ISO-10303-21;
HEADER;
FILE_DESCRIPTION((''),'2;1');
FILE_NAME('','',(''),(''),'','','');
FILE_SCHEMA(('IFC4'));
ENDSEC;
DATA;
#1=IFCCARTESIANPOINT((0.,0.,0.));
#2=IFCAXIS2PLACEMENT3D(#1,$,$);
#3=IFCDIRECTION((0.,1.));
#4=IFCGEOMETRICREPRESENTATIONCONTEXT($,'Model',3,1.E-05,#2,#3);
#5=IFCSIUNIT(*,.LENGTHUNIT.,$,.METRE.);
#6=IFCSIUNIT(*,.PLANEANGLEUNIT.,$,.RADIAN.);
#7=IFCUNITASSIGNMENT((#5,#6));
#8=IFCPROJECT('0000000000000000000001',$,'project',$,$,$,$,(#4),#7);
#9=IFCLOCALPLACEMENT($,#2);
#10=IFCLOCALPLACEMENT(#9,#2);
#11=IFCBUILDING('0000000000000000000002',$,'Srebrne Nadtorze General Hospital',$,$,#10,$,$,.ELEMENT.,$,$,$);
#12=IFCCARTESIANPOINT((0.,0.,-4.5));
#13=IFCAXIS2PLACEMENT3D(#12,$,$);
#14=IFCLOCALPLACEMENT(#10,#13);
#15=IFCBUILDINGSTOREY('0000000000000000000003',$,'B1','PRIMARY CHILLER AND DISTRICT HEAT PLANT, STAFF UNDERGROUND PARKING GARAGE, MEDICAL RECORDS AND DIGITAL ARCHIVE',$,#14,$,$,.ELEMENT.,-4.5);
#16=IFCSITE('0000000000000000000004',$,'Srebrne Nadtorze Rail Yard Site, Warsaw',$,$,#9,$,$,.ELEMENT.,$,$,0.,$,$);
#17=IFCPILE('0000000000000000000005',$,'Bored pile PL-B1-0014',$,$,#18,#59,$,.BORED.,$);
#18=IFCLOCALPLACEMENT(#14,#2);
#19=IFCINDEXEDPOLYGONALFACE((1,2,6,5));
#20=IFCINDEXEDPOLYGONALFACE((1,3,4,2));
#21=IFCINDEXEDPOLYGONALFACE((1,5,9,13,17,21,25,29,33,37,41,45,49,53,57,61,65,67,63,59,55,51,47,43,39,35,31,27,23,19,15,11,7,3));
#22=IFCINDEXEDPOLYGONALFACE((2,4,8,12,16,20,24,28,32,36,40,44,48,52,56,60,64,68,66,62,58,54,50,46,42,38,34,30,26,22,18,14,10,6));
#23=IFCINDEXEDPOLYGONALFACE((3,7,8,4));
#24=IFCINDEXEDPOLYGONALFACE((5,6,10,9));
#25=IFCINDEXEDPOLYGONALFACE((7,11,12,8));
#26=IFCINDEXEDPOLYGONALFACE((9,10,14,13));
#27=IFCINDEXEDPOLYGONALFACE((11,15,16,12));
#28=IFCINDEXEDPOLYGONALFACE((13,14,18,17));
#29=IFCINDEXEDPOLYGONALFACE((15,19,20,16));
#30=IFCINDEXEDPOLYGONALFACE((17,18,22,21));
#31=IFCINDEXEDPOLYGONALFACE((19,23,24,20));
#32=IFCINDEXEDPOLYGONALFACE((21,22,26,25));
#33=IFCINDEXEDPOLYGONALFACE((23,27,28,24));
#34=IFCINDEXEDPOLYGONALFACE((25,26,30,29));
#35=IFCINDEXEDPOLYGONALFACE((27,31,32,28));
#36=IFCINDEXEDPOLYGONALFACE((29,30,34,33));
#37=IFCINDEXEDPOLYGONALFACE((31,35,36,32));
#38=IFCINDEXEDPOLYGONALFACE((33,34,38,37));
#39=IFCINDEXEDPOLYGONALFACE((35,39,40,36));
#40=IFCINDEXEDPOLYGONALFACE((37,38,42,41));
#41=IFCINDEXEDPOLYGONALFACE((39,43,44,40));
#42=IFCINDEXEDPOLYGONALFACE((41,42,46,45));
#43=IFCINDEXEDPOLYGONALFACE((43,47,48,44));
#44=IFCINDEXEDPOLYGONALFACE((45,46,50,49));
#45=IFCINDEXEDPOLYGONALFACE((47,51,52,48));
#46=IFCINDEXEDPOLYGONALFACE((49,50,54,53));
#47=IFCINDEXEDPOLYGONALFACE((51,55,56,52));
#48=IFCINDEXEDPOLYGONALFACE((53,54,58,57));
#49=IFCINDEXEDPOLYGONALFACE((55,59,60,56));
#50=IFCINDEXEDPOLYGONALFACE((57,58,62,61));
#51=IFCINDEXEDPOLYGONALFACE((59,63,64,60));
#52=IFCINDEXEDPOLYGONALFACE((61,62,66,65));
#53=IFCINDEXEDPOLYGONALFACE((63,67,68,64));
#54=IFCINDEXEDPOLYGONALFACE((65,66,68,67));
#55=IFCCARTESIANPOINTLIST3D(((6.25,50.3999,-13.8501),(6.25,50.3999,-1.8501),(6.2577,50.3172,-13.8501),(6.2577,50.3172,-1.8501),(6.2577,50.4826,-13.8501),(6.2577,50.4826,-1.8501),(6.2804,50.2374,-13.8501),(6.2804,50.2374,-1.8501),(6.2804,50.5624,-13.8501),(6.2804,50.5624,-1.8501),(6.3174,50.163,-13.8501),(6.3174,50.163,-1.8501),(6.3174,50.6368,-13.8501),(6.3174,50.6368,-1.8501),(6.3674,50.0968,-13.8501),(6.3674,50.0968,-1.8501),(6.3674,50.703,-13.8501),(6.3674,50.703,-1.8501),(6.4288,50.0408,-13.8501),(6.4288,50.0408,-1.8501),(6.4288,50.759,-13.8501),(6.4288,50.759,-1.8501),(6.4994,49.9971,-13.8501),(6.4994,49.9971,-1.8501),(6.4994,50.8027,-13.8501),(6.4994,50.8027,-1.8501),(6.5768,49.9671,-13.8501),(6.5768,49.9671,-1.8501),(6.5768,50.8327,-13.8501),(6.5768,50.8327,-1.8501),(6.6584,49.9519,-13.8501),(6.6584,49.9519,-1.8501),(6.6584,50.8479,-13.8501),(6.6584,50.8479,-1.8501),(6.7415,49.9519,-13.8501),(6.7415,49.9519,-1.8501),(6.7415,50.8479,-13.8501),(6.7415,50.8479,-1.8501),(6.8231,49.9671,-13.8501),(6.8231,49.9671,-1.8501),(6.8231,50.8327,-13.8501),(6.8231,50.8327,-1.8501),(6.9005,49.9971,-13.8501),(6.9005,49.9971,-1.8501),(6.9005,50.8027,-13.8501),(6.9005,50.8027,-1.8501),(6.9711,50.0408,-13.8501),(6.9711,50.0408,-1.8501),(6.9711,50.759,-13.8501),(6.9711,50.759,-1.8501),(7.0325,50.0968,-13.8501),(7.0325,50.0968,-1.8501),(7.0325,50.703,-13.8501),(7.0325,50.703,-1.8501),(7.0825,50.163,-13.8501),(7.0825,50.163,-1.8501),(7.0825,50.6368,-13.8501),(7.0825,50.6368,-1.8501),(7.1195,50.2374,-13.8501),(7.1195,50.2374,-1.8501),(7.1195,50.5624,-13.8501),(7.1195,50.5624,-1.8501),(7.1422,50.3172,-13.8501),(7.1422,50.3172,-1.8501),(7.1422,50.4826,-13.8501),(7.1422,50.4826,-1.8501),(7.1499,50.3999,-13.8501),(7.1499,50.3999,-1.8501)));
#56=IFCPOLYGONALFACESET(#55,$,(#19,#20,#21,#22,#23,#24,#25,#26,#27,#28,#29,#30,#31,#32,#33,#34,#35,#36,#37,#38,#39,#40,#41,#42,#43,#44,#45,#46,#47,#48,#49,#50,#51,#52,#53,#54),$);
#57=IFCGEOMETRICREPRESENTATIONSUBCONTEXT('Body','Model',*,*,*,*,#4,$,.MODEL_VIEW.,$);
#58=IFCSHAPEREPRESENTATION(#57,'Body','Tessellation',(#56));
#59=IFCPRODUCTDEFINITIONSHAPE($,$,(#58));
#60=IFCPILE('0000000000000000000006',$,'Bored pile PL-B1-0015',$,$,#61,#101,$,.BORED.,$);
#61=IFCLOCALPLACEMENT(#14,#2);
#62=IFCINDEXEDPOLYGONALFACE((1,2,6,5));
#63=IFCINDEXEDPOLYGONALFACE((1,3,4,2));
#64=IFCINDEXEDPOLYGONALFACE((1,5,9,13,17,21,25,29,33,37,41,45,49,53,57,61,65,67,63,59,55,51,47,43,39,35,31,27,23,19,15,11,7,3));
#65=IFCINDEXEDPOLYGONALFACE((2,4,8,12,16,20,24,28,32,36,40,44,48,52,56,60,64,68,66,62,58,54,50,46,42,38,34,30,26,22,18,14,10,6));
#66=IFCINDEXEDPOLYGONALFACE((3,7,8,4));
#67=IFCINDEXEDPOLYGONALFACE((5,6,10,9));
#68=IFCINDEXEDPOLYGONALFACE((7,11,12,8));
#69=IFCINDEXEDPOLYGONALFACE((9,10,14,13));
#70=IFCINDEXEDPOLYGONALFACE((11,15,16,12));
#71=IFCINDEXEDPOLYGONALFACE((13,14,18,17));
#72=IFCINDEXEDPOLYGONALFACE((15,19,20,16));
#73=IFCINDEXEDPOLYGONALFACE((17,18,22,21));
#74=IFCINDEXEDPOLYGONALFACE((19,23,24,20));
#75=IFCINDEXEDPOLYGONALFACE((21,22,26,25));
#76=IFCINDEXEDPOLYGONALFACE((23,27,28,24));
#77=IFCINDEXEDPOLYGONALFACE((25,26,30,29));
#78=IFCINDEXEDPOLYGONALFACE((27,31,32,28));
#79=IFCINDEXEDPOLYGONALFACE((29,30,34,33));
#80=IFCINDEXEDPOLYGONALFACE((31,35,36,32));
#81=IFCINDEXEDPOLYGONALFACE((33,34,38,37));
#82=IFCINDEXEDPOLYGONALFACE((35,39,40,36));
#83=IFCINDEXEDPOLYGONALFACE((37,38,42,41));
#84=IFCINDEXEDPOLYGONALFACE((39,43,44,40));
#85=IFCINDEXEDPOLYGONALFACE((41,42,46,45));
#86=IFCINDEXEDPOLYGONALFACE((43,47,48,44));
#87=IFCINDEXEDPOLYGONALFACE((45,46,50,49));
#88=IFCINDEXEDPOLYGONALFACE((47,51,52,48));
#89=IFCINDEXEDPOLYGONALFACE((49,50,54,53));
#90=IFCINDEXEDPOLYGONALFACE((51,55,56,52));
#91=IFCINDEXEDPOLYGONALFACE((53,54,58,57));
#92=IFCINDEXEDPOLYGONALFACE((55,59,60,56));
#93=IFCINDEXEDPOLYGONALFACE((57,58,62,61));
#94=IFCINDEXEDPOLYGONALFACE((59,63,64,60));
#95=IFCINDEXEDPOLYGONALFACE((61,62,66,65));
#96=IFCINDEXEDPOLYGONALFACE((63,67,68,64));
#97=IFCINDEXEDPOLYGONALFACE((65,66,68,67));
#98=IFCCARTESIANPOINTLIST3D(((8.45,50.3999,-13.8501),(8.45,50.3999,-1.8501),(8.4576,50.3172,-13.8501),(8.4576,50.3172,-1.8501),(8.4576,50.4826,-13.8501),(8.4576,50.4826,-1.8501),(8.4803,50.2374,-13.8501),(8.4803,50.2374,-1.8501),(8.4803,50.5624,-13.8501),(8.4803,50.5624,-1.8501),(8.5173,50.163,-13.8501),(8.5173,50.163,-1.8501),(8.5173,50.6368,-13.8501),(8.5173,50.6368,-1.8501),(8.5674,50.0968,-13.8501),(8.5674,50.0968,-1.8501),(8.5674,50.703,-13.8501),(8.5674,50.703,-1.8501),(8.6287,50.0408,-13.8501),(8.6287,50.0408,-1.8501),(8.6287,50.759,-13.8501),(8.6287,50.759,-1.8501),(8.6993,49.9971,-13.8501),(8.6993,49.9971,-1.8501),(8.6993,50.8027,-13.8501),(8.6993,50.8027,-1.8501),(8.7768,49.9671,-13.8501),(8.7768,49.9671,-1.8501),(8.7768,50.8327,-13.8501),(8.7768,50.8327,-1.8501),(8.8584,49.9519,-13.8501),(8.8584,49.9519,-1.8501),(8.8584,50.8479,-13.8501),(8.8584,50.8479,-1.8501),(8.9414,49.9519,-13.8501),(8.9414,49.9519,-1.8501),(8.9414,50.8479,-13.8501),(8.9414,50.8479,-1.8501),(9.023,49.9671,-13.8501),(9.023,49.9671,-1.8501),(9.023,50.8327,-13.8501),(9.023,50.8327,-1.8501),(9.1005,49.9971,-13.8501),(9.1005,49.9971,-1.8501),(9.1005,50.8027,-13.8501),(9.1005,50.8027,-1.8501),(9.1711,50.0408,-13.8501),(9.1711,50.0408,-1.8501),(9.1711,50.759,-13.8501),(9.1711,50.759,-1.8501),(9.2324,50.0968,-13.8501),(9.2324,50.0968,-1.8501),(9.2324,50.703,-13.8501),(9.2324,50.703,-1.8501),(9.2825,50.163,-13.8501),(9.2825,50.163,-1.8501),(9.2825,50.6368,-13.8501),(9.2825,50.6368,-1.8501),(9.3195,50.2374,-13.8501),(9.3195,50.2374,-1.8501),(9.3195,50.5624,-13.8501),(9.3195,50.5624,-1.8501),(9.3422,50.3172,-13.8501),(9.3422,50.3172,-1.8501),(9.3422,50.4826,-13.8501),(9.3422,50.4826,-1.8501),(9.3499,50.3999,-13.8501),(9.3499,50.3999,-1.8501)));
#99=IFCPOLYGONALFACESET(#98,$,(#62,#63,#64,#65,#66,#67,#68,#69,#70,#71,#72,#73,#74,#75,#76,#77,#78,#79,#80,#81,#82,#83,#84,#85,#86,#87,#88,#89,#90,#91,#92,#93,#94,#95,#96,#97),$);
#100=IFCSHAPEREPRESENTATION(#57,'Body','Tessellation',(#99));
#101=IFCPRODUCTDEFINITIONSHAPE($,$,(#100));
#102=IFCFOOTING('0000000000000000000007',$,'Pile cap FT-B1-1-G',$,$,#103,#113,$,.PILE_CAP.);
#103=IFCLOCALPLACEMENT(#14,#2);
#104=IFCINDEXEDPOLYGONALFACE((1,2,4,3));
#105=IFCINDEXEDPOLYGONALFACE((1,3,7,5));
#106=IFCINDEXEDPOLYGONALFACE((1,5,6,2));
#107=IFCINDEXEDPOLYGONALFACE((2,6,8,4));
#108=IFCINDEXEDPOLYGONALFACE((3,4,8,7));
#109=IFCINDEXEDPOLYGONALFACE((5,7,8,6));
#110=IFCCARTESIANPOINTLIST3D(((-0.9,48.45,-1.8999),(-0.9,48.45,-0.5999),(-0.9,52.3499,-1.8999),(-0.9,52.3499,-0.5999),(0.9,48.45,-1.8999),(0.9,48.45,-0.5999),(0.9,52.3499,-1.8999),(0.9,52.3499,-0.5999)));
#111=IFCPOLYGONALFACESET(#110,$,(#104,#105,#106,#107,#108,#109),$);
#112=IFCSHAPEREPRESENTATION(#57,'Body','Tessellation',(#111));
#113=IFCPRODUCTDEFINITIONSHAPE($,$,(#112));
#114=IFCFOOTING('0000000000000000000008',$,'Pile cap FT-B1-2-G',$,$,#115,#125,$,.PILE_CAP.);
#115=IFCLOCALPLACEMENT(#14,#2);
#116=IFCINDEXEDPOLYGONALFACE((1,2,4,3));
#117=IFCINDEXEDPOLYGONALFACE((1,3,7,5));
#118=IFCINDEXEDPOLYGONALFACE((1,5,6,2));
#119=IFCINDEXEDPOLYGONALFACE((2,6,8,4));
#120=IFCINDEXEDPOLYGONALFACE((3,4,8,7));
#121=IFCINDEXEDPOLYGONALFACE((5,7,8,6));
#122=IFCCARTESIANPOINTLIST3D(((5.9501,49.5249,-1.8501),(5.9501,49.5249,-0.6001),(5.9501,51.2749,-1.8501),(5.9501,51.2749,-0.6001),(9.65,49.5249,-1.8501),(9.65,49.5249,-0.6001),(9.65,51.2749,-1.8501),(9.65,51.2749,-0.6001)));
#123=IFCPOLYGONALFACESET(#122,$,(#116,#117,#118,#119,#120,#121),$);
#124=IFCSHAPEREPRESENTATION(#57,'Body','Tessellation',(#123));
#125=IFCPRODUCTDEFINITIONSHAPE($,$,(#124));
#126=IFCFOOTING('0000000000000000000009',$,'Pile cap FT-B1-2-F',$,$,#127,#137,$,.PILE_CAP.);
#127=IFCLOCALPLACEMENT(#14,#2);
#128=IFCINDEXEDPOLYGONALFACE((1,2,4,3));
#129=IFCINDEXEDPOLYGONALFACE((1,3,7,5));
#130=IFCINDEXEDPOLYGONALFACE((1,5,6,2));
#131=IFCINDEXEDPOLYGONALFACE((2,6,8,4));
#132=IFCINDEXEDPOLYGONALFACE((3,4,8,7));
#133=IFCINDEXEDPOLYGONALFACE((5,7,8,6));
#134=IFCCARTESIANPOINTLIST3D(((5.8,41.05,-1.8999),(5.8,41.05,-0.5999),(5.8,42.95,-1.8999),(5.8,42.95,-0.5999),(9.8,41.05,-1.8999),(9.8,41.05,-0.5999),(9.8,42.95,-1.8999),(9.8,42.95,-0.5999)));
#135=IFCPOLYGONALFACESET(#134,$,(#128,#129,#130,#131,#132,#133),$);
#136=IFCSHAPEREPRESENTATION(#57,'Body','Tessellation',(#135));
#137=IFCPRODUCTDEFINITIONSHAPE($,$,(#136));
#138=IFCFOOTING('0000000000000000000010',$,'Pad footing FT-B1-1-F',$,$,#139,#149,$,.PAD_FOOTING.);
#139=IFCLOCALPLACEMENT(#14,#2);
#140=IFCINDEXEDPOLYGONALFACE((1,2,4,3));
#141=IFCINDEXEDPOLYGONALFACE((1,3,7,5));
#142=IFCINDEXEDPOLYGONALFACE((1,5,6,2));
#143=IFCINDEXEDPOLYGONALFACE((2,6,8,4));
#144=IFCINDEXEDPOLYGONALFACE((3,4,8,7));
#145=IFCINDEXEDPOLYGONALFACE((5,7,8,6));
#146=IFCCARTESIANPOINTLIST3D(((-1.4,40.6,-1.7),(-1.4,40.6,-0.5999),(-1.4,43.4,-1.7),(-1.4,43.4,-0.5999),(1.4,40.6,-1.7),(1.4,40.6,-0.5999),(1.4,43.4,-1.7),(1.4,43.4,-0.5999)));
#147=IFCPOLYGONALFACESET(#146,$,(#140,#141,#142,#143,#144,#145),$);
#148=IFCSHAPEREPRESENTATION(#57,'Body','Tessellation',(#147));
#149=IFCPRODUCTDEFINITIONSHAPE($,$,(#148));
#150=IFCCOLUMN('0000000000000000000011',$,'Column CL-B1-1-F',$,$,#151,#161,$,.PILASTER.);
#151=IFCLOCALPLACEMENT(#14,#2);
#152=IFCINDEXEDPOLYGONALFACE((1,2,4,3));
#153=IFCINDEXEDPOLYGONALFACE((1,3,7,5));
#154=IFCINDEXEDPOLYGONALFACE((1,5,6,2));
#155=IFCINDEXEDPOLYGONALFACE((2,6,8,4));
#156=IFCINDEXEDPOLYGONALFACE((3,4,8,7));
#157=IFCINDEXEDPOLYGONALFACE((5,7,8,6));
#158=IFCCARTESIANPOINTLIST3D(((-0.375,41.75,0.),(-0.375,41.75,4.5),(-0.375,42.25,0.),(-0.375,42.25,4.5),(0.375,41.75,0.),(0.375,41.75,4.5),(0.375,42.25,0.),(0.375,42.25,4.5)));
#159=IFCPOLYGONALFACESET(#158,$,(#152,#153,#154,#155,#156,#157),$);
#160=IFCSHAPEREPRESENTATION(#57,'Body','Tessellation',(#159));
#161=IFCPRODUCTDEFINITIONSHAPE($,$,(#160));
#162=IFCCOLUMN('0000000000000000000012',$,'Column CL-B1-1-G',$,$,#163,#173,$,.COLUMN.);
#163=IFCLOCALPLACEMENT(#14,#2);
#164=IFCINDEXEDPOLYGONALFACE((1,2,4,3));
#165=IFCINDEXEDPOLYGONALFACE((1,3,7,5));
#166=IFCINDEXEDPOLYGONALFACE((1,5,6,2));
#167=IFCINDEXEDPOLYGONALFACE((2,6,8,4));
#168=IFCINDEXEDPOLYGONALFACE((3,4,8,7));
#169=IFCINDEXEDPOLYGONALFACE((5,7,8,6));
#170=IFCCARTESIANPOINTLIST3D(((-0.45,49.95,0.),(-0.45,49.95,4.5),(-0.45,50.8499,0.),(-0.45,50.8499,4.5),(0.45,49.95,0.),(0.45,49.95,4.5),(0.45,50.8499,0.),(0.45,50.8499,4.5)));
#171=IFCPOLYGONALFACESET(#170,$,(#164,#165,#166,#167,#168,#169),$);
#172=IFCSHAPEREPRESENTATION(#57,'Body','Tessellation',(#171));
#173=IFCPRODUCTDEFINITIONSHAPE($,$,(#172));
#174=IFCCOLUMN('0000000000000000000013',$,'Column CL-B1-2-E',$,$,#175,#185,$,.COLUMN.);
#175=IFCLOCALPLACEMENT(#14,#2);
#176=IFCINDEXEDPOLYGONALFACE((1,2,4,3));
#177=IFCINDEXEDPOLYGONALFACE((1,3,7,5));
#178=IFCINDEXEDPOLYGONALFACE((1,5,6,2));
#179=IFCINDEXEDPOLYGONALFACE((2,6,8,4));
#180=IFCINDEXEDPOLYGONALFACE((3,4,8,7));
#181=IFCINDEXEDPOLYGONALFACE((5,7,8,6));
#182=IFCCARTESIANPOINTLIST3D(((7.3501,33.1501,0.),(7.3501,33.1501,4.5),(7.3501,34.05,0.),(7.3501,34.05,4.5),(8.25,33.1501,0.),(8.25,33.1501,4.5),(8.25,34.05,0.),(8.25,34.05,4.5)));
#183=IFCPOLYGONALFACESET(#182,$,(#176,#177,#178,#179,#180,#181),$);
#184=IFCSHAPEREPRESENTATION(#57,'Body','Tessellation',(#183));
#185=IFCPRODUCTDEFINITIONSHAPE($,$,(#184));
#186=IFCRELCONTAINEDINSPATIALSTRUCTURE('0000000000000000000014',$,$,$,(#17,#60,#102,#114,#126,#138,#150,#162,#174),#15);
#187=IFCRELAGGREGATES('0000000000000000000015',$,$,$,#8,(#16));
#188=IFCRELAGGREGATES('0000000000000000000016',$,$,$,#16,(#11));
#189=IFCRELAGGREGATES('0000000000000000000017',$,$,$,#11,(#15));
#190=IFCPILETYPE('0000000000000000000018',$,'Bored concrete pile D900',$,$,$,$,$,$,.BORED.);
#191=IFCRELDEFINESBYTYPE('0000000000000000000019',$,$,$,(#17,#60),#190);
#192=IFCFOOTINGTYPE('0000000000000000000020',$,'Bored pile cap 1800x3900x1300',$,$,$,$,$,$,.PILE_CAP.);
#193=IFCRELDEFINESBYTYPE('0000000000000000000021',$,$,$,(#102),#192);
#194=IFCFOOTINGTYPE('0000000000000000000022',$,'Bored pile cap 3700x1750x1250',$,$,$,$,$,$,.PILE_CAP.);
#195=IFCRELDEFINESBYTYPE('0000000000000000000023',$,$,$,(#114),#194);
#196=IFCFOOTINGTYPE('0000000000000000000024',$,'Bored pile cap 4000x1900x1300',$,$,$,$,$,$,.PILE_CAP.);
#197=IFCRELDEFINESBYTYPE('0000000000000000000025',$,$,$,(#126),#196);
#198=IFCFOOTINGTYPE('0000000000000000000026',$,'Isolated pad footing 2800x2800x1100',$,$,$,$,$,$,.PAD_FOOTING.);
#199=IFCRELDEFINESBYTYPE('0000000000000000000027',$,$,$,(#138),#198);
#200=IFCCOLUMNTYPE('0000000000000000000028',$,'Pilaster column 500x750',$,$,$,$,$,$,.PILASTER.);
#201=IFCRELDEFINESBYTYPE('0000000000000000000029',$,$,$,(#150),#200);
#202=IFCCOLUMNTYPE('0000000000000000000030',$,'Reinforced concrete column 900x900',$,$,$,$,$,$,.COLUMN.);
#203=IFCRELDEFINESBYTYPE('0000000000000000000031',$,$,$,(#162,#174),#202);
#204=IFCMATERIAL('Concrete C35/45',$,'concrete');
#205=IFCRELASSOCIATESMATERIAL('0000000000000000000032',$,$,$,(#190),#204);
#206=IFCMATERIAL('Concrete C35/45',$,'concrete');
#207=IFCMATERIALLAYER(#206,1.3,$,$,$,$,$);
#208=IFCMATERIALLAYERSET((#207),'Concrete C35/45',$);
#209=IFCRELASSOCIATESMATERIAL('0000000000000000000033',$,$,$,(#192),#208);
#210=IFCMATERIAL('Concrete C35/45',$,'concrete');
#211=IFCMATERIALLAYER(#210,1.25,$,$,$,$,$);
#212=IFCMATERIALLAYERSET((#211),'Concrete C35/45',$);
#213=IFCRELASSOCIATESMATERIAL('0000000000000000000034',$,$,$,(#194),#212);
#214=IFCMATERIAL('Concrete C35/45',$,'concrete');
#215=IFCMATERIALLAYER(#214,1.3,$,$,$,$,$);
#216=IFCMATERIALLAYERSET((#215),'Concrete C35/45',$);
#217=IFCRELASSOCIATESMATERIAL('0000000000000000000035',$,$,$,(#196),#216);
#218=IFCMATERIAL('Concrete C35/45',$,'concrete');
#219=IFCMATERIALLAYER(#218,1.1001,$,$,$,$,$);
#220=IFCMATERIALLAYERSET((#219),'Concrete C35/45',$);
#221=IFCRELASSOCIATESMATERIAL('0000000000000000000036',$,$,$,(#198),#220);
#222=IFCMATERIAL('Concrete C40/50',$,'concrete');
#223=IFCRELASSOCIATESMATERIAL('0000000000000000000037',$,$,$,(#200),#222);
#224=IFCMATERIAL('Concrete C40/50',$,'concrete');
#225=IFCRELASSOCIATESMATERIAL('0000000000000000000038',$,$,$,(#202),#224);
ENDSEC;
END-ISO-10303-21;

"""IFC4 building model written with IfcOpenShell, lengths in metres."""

from ifc_helpers import new_model, si_unit, direction, frame, origin, origin_2d, place, context, subcontext, project, spatial, rectangle, circle, extrude, material, layer, layer_set, material_profile, profile_set, type_object, element, save


model = new_model("IFC4")

# Units and contexts
model_context = context("Model", 3, precision=1e-05, world=origin(), true_north=direction((0.0, 1.0)))
body_context = subcontext(model_context, "Body", "Model", "MODEL_VIEW")
ifc_project = project(units=[si_unit("LENGTHUNIT", "METRE"), si_unit("PLANEANGLEUNIT", "RADIAN")], contexts=[model_context])

# Site, building, storey
site_placement = place(None, origin())
site = spatial("IfcSite", under=ifc_project, at=site_placement, Name="Srebrne Nadtorze Rail Yard Site, Warsaw", CompositionType="ELEMENT", RefElevation=0.0)
building_placement = place(site_placement, origin())
building = spatial("IfcBuilding", under=site, at=building_placement, Name="Srebrne Nadtorze General Hospital", CompositionType="ELEMENT")
storey_placement = place(building_placement, frame((0.0, 0.0, -4.5)))
storey = spatial("IfcBuildingStorey", under=building, at=storey_placement, Name="B1", Description="PRIMARY CHILLER AND DISTRICT HEAT PLANT, STAFF UNDERGROUND PARKING GARAGE, MEDICAL RECORDS AND DIGITAL ARCHIVE", CompositionType="ELEMENT", Elevation=-4.5)

# Piles
ifc_material_1 = material(Name="Concrete C35/45", Category="concrete")
ifc_material_profile_1 = material_profile(ifc_material_1, circle(Radius=0.45, at=origin_2d()), Name="PILE-D900")
ifc_profile_set_1 = profile_set([ifc_material_profile_1], Name="Concrete C35/45")
pile_type_1 = type_object("IfcPileType", Name="Bored concrete pile D900", PredefinedType="BORED", material=ifc_profile_set_1)
for number, where, z_axis, x_axis, name in (
    (1, (6.7, 50.3999, -1.8501), (0.0, 0.0, -1.0), (1.0, 0.0, 0.0), "Bored pile PL-B1-0014"),
    (2, (8.8999, 50.3999, -1.8501), (0.0, 0.0, -1.0), (1.0, 0.0, 0.0), "Bored pile PL-B1-0015"),
):
    element("IfcPile", number, at=place(storey_placement, frame(where, z_axis=z_axis, x_axis=x_axis)), inside=storey, type_object=pile_type_1, Name=name, PredefinedType="BORED", context=body_context, shape_type="SweptSolid", body=[
        extrude(circle(Radius=0.45, at=origin_2d()), origin(), (0.0, 0.0, 1.0), 12.0),
    ])

# Footings
ifc_material_2 = material(Name="Concrete C35/45", Category="concrete")
ifc_layer_1 = layer(ifc_material_2, 1.3)
ifc_layer_set_1 = layer_set([ifc_layer_1], Name="Concrete C35/45")
footing_type_1 = type_object("IfcFootingType", Name="Bored pile cap 1800x3900x1300", PredefinedType="PILE_CAP", material=ifc_layer_set_1)
footing_1_placement = place(storey_placement, frame((0.0, 50.3999, -1.8999), z_axis=(0.0, 0.0, 1.0), x_axis=(1.0, 0.0, 0.0)))
element("IfcFooting", 3, at=footing_1_placement, inside=storey, type_object=footing_type_1, Name="Pile cap FT-B1-1-G", PredefinedType="PILE_CAP", context=body_context, shape_type="SweptSolid", body=[
    extrude(rectangle(XDim=1.8, YDim=3.8999, at=origin_2d()), origin(), (0.0, 0.0, 1.0), 1.3),
])
ifc_material_3 = material(Name="Concrete C35/45", Category="concrete")
ifc_layer_2 = layer(ifc_material_3, 1.25)
ifc_layer_set_2 = layer_set([ifc_layer_2], Name="Concrete C35/45")
footing_type_2 = type_object("IfcFootingType", Name="Bored pile cap 3700x1750x1250", PredefinedType="PILE_CAP", material=ifc_layer_set_2)
footing_2_placement = place(storey_placement, frame((7.8, 50.3999, -1.8501), z_axis=(0.0, 0.0, 1.0), x_axis=(1.0, 0.0, 0.0)))
element("IfcFooting", 4, at=footing_2_placement, inside=storey, type_object=footing_type_2, Name="Pile cap FT-B1-2-G", PredefinedType="PILE_CAP", context=body_context, shape_type="SweptSolid", body=[
    extrude(rectangle(XDim=3.7, YDim=1.75, at=origin_2d()), origin(), (0.0, 0.0, 1.0), 1.25),
])
ifc_material_4 = material(Name="Concrete C35/45", Category="concrete")
ifc_layer_3 = layer(ifc_material_4, 1.3)
ifc_layer_set_3 = layer_set([ifc_layer_3], Name="Concrete C35/45")
footing_type_3 = type_object("IfcFootingType", Name="Bored pile cap 4000x1900x1300", PredefinedType="PILE_CAP", material=ifc_layer_set_3)
footing_3_placement = place(storey_placement, frame((7.8, 42.0, -1.8999), z_axis=(0.0, 0.0, 1.0), x_axis=(1.0, 0.0, 0.0)))
element("IfcFooting", 5, at=footing_3_placement, inside=storey, type_object=footing_type_3, Name="Pile cap FT-B1-2-F", PredefinedType="PILE_CAP", context=body_context, shape_type="SweptSolid", body=[
    extrude(rectangle(XDim=4.0, YDim=1.8999, at=origin_2d()), origin(), (0.0, 0.0, 1.0), 1.3),
])
ifc_material_5 = material(Name="Concrete C35/45", Category="concrete")
ifc_layer_4 = layer(ifc_material_5, 1.1001)
ifc_layer_set_4 = layer_set([ifc_layer_4], Name="Concrete C35/45")
footing_type_4 = type_object("IfcFootingType", Name="Isolated pad footing 2800x2800x1100", PredefinedType="PAD_FOOTING", material=ifc_layer_set_4)
footing_4_placement = place(storey_placement, frame((0.0, 42.0, -1.7), z_axis=(0.0, 0.0, 1.0), x_axis=(1.0, 0.0, 0.0)))
element("IfcFooting", 6, at=footing_4_placement, inside=storey, type_object=footing_type_4, Name="Pad footing FT-B1-1-F", PredefinedType="PAD_FOOTING", context=body_context, shape_type="SweptSolid", body=[
    extrude(rectangle(XDim=2.8, YDim=2.8, at=origin_2d()), origin(), (0.0, 0.0, 1.0), 1.1001),
])

# Columns
ifc_material_6 = material(Name="Concrete C40/50", Category="concrete")
ifc_material_profile_2 = material_profile(ifc_material_6, rectangle(XDim=0.5, YDim=0.75, at=origin_2d()), Name="RC-PIL-500x750")
ifc_profile_set_2 = profile_set([ifc_material_profile_2], Name="Concrete C40/50")
column_type_1 = type_object("IfcColumnType", Name="Pilaster column 500x750", PredefinedType="PILASTER", material=ifc_profile_set_2)
column_placement = place(storey_placement, frame((0.0, 42.0, 0.0), z_axis=(0.0, 0.0, 1.0), x_axis=(0.0, 1.0, 0.0)))
element("IfcColumn", 7, at=column_placement, inside=storey, type_object=column_type_1, Name="Column CL-B1-1-F", PredefinedType="PILASTER", context=body_context, shape_type="SweptSolid", body=[
    extrude(rectangle(XDim=0.5, YDim=0.75, at=origin_2d()), origin(), (0.0, 0.0, 1.0), 4.5),
])
ifc_material_7 = material(Name="Concrete C40/50", Category="concrete")
ifc_material_profile_3 = material_profile(ifc_material_7, rectangle(XDim=0.8999, YDim=0.8999, at=origin_2d()), Name="RC-COL-900x900")
ifc_profile_set_3 = profile_set([ifc_material_profile_3], Name="Concrete C40/50")
column_type_2 = type_object("IfcColumnType", Name="Reinforced concrete column 900x900", PredefinedType="COLUMN", material=ifc_profile_set_3)
for number, where, z_axis, x_axis, name in (
    (8, (0.0, 50.3999, 0.0), (0.0, 0.0, 1.0), (1.0, 0.0, 0.0), "Column CL-B1-1-G"),
    (9, (7.8, 33.6001, 0.0), (0.0, 0.0, 1.0), (1.0, 0.0, 0.0), "Column CL-B1-2-E"),
):
    element("IfcColumn", number, at=place(storey_placement, frame(where, z_axis=z_axis, x_axis=x_axis)), inside=storey, type_object=column_type_2, Name=name, PredefinedType="COLUMN", context=body_context, shape_type="SweptSolid", body=[
        extrude(rectangle(XDim=0.8999, YDim=0.8999, at=origin_2d()), origin(), (0.0, 0.0, 1.0), 4.5),
    ])

save(model, "model.ifc")
